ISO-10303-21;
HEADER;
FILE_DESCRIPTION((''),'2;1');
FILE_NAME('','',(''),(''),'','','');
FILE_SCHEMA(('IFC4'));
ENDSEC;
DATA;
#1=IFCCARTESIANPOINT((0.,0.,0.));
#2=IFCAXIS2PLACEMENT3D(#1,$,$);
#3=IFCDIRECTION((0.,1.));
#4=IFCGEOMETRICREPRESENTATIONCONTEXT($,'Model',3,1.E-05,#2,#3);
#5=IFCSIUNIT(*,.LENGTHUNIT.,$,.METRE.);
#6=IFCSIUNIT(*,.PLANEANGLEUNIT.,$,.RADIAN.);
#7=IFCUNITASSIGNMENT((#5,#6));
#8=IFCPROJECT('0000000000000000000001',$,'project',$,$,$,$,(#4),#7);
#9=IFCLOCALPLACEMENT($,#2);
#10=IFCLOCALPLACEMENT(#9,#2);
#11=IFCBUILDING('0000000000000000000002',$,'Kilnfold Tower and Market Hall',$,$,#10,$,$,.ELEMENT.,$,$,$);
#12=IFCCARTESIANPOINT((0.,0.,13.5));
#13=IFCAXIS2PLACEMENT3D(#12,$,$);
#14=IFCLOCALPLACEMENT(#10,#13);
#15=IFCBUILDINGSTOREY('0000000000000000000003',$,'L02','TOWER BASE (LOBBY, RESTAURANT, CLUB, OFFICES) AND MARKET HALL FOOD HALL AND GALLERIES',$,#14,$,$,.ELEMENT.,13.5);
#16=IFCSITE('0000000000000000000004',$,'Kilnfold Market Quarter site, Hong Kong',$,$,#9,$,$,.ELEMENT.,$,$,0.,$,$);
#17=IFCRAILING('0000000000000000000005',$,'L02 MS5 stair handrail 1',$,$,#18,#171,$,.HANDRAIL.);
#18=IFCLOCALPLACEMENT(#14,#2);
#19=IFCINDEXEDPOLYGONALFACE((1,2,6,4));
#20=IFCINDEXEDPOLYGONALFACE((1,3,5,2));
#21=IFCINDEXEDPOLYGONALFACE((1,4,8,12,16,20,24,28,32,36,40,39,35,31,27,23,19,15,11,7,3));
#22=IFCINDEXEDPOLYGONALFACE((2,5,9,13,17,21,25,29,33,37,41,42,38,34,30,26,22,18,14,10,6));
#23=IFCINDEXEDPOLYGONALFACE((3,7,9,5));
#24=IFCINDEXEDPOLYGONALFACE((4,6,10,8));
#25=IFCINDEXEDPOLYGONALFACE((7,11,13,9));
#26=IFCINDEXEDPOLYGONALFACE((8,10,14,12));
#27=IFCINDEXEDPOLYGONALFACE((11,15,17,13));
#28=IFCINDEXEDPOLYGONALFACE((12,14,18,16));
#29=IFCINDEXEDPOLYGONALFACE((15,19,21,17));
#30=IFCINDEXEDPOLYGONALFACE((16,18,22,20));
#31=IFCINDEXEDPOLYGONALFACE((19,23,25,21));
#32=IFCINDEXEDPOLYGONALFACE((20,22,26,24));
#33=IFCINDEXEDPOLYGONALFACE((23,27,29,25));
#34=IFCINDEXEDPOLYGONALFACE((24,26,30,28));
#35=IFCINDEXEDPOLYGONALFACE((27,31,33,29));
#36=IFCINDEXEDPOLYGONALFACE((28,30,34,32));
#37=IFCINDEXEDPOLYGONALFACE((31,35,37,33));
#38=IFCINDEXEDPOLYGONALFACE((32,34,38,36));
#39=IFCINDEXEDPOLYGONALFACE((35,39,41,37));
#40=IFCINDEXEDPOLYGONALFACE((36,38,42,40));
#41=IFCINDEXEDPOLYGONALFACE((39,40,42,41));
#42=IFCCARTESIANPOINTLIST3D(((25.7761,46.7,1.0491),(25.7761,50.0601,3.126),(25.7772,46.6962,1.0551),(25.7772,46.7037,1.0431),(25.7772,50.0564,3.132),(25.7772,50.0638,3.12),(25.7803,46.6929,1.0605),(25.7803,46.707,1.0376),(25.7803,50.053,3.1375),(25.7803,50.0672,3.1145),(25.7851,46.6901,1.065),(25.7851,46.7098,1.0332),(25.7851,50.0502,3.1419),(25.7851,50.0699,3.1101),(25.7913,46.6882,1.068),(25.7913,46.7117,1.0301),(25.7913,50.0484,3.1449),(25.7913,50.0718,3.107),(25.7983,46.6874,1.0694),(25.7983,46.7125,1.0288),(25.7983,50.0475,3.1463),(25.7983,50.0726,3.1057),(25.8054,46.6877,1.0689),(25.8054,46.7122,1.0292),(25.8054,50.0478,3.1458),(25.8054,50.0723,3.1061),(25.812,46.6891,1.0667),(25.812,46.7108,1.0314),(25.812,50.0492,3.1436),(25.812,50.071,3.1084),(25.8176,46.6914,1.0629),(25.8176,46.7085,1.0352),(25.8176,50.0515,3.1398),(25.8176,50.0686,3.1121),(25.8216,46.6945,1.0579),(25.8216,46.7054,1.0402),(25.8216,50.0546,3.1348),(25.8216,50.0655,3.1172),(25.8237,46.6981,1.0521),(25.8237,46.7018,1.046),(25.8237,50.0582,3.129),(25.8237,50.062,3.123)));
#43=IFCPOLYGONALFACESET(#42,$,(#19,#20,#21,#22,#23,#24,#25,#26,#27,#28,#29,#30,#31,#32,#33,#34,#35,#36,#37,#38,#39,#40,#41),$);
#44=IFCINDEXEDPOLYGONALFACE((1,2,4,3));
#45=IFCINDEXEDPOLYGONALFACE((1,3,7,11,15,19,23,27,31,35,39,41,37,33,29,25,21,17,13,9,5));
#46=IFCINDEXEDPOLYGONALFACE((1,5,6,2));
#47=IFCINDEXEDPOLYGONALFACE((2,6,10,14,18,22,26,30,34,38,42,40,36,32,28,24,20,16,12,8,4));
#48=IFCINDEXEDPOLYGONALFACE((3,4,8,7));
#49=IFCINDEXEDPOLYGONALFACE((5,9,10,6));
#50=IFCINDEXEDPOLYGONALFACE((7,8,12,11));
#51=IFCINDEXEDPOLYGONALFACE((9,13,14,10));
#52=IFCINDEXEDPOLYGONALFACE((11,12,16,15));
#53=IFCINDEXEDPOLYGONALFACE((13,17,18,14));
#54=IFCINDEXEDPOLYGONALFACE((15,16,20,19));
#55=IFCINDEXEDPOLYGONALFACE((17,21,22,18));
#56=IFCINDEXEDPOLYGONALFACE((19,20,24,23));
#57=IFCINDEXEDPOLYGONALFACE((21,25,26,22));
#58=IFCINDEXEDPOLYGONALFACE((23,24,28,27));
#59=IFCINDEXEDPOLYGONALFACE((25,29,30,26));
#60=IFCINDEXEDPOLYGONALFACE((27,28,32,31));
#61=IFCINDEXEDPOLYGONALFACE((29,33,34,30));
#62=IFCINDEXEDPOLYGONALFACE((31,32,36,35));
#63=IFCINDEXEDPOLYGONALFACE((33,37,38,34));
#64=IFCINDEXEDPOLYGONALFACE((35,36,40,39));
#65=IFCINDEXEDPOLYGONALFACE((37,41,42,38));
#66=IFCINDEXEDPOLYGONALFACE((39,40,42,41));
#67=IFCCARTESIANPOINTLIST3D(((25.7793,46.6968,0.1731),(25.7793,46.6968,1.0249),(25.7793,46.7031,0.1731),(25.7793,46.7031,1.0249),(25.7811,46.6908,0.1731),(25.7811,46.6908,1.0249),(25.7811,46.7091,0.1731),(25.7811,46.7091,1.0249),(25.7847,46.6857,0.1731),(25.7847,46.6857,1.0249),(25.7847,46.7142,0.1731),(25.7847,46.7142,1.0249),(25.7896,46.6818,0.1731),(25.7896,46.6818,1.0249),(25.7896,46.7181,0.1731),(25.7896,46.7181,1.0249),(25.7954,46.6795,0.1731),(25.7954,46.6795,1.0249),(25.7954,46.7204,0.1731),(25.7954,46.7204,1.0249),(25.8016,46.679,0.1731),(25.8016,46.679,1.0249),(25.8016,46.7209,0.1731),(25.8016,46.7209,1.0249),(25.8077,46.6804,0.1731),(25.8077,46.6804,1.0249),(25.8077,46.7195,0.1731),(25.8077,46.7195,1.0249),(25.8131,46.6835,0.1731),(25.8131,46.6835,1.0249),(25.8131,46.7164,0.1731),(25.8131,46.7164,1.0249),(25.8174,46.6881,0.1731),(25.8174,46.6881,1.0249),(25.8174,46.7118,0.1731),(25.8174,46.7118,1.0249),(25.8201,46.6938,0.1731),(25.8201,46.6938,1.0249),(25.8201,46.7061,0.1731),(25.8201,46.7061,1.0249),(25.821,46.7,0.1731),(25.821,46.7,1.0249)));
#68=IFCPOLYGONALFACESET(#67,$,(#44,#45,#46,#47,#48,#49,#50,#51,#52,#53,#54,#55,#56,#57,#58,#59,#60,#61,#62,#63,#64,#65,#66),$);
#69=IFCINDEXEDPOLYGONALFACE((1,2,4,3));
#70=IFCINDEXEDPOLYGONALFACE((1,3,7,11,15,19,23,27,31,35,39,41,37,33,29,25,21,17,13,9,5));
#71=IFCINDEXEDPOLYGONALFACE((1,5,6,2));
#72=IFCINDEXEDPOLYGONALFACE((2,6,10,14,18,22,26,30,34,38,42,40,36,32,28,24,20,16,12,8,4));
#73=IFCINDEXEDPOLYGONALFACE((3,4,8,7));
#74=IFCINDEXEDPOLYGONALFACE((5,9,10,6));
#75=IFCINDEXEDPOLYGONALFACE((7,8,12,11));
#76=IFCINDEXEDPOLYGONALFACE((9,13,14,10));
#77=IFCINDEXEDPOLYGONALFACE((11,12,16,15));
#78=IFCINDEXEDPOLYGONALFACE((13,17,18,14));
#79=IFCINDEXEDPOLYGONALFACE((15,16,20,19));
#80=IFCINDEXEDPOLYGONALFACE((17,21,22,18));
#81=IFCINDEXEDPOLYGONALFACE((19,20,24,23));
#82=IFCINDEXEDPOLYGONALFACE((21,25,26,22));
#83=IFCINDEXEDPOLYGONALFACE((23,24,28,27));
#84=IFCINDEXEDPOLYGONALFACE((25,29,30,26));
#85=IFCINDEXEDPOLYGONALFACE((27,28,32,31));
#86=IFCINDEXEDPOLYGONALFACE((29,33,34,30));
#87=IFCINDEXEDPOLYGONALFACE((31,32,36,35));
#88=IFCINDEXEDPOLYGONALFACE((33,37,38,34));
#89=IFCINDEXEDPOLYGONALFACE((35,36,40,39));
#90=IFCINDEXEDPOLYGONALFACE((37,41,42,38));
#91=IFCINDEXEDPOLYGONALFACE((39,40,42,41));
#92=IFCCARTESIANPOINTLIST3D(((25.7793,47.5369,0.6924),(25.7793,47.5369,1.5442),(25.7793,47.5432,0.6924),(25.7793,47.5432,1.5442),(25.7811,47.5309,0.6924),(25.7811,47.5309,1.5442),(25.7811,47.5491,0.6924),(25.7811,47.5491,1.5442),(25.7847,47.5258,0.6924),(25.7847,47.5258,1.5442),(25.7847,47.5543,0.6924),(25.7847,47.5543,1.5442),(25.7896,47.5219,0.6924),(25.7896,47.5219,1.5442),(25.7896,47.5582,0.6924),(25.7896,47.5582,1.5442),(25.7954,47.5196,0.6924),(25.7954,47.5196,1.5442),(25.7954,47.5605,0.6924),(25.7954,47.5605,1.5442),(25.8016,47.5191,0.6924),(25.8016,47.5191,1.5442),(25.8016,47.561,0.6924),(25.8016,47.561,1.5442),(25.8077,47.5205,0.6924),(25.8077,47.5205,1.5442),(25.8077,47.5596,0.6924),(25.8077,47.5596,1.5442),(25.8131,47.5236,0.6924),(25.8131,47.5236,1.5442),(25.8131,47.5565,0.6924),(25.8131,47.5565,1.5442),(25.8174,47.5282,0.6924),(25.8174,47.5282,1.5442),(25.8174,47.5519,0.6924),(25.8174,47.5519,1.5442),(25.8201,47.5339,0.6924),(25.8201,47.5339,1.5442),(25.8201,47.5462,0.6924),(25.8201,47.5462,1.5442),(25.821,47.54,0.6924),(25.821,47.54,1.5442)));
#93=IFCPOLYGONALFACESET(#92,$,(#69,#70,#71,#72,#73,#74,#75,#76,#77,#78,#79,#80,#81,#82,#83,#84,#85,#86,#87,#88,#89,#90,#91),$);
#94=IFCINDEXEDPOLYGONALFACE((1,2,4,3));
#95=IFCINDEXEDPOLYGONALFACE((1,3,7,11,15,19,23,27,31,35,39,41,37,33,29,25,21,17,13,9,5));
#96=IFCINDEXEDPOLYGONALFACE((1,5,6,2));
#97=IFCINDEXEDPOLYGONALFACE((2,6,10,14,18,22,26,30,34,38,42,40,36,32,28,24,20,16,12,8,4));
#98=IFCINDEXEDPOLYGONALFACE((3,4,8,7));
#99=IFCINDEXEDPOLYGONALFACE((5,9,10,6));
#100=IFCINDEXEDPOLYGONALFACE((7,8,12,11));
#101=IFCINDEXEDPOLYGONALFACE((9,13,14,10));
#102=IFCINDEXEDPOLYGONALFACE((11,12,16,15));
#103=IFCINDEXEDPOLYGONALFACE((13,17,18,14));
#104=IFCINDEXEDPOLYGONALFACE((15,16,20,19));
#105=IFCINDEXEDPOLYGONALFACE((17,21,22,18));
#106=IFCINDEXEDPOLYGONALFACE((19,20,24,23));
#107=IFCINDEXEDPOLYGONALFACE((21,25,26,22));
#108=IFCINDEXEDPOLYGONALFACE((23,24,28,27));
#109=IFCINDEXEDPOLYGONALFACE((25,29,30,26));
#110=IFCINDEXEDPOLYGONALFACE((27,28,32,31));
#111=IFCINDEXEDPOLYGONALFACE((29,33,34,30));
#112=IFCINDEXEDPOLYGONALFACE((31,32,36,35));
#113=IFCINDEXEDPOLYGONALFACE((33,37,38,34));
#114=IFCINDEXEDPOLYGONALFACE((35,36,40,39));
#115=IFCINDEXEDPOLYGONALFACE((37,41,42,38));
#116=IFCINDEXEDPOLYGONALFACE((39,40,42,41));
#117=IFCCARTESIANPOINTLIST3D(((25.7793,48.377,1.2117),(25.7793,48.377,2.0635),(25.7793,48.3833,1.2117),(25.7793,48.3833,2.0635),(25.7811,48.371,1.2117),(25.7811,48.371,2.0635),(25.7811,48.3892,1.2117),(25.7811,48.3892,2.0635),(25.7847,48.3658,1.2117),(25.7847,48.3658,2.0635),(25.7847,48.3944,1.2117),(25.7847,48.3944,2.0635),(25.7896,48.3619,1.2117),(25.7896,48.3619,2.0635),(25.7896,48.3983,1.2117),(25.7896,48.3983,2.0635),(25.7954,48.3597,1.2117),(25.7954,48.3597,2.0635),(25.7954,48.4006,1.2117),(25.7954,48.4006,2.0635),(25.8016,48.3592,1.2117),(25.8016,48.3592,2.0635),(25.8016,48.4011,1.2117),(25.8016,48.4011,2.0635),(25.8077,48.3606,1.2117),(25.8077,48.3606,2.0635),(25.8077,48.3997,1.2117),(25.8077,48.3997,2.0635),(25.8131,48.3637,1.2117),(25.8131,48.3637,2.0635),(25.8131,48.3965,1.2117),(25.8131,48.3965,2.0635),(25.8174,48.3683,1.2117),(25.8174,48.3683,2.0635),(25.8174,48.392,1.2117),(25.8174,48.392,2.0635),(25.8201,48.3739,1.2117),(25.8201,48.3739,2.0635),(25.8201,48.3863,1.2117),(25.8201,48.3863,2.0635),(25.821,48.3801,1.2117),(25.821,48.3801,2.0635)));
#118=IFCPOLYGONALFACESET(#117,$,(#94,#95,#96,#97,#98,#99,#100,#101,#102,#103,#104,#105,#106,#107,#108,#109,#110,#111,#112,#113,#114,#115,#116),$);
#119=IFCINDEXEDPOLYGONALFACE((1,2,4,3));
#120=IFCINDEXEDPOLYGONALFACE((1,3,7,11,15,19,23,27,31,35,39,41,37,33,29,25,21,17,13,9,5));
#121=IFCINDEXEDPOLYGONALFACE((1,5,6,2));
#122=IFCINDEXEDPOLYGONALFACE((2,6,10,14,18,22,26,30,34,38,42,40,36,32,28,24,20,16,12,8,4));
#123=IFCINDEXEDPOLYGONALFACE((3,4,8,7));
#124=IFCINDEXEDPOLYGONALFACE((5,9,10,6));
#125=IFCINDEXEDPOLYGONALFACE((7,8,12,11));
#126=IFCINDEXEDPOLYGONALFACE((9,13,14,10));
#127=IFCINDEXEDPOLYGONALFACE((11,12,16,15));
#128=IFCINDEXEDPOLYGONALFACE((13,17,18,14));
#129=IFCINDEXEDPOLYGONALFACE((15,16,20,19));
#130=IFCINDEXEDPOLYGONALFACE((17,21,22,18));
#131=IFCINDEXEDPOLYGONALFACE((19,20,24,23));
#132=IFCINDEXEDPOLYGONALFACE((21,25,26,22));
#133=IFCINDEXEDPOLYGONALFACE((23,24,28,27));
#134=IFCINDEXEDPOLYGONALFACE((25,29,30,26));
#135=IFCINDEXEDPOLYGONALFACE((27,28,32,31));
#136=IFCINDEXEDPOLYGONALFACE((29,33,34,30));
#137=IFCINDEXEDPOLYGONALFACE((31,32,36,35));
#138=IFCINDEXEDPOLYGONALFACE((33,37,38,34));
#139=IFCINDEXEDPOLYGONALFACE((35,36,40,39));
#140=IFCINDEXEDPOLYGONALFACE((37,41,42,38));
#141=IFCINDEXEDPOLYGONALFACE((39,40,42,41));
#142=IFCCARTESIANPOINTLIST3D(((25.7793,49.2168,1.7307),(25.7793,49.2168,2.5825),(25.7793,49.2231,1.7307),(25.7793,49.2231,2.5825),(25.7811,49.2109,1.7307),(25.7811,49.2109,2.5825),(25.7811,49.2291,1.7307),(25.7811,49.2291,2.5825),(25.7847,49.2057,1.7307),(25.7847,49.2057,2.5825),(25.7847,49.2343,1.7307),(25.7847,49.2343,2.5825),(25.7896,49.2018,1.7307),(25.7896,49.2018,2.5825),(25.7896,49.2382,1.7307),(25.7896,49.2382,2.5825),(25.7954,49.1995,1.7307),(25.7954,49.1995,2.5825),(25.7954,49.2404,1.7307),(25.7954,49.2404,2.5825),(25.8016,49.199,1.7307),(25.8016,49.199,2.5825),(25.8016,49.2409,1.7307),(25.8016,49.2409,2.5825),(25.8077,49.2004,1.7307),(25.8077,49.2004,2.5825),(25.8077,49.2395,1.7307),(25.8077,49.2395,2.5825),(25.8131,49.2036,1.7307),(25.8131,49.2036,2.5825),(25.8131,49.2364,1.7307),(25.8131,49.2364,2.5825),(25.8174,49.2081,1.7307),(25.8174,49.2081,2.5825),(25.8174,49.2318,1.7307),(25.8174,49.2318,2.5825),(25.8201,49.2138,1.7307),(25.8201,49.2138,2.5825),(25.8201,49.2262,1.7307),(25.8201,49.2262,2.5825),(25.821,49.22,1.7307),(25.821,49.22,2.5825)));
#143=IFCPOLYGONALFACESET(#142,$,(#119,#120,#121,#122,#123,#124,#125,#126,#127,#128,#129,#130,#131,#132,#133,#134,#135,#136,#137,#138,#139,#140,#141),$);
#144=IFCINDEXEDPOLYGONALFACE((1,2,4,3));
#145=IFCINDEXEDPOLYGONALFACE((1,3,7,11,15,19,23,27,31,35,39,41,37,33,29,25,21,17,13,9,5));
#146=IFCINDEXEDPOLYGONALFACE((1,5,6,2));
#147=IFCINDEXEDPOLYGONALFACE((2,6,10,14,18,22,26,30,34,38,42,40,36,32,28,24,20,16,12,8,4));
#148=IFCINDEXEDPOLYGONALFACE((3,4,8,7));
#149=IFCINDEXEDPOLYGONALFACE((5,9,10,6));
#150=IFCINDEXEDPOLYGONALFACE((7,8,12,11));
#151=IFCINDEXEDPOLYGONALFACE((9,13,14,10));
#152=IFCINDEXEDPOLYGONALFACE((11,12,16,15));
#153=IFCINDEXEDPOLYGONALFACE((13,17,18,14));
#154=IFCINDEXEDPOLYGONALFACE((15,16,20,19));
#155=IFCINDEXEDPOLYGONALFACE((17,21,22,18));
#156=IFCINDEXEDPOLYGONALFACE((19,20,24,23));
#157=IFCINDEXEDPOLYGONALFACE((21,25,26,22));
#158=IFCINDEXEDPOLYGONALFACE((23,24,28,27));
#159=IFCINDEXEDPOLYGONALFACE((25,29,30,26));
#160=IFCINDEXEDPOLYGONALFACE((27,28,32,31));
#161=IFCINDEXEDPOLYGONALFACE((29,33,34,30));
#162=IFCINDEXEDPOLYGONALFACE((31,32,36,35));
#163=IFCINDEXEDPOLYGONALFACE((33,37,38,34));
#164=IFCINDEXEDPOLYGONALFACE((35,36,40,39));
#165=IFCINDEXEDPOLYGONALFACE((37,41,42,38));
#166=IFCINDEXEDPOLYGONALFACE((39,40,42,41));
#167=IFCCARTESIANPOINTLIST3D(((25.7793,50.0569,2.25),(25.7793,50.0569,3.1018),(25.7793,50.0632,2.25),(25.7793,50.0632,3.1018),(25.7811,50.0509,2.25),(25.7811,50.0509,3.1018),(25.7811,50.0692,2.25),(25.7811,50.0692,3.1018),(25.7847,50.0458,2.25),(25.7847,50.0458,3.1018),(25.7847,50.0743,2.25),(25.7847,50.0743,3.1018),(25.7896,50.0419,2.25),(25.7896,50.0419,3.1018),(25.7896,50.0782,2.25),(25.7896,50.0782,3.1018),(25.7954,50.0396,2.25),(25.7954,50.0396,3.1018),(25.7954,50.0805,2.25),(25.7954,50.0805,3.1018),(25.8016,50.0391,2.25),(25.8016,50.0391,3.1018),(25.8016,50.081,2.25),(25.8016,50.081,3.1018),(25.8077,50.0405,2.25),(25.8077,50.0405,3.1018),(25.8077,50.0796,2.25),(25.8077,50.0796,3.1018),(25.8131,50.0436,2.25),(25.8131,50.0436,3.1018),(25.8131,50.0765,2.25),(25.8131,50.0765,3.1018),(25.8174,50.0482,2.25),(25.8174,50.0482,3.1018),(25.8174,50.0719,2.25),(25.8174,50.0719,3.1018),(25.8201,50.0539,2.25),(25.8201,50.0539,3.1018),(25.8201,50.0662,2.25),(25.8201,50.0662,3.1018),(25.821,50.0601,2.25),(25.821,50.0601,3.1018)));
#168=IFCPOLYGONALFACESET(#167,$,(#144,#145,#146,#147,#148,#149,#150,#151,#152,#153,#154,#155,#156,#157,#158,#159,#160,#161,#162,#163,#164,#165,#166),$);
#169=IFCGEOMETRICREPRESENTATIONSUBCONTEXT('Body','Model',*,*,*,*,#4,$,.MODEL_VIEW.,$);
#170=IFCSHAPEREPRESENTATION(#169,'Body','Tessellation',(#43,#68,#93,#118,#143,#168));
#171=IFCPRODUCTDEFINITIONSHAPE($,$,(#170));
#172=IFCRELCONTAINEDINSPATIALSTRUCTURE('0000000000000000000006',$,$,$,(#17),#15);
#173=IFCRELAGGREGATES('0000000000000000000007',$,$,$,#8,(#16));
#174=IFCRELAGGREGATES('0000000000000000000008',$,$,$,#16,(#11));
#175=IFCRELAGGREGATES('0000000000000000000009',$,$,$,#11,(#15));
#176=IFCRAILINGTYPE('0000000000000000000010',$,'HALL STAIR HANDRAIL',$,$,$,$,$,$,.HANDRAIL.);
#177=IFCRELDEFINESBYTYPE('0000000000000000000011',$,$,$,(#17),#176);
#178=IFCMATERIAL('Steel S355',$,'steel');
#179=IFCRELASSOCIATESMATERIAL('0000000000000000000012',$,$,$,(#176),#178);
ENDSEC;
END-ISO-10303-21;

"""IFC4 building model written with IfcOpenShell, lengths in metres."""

from ifc_helpers import new_model, si_unit, direction, frame, origin, origin_2d, place, context, subcontext, project, spatial, circle, extrude, material, type_object, element, save


model = new_model("IFC4")

# Units and contexts
model_context = context("Model", 3, precision=1e-05, world=origin(), true_north=direction((0.0, 1.0)))
body_context = subcontext(model_context, "Body", "Model", "MODEL_VIEW")
ifc_project = project(units=[si_unit("LENGTHUNIT", "METRE"), si_unit("PLANEANGLEUNIT", "RADIAN")], contexts=[model_context])

# Site, building, storey
site_placement = place(None, origin())
site = spatial("IfcSite", under=ifc_project, at=site_placement, Name="Kilnfold Market Quarter site, Hong Kong", CompositionType="ELEMENT", RefElevation=0.0)
building_placement = place(site_placement, origin())
building = spatial("IfcBuilding", under=site, at=building_placement, Name="Kilnfold Tower and Market Hall", CompositionType="ELEMENT")
storey_placement = place(building_placement, frame((0.0, 0.0, 13.5)))
storey = spatial("IfcBuildingStorey", under=building, at=storey_placement, Name="L02", Description="TOWER BASE (LOBBY, RESTAURANT, CLUB, OFFICES) AND MARKET HALL FOOD HALL AND GALLERIES", CompositionType="ELEMENT", Elevation=13.5)

# Railing
ifc_material_1 = material(Name="Steel S355", Category="steel")
railing_type_1 = type_object("IfcRailingType", Name="HALL STAIR HANDRAIL", PredefinedType="HANDRAIL", material=ifc_material_1)
railing_1_placement = place(storey_placement, frame((25.8, 46.7, 0.1731)))
element("IfcRailing", 1, at=railing_1_placement, inside=storey, type_object=railing_type_1, Name="L02 MS5 stair handrail 1", PredefinedType="HANDRAIL", context=body_context, shape_type="SweptSolid", body=[
    extrude(circle(Radius=0.0239, at=origin_2d()), frame((0.0, 0.0, 0.876), z_axis=(0.0, 0.850623, 0.525776), x_axis=(-1.0, 0.0, 0.0)), (0.0, 0.0, 1.0), 3.9502),
    extrude(circle(Radius=0.021, at=origin_2d()), origin(), (0.0, 0.0, 1.0), 0.8518),
    extrude(circle(Radius=0.021, at=origin_2d()), frame((0.0, 0.8401, 0.5193)), (0.0, 0.0, 1.0), 0.8518),
    extrude(circle(Radius=0.021, at=origin_2d()), frame((0.0, 1.6802, 1.0386)), (0.0, 0.0, 1.0), 0.8518),
    extrude(circle(Radius=0.021, at=origin_2d()), frame((0.0, 2.52, 1.5576)), (0.0, 0.0, 1.0), 0.8518),
    extrude(circle(Radius=0.021, at=origin_2d()), frame((0.0, 3.3601, 2.0769)), (0.0, 0.0, 1.0), 0.8518),
])

save(model, "model.ifc")
